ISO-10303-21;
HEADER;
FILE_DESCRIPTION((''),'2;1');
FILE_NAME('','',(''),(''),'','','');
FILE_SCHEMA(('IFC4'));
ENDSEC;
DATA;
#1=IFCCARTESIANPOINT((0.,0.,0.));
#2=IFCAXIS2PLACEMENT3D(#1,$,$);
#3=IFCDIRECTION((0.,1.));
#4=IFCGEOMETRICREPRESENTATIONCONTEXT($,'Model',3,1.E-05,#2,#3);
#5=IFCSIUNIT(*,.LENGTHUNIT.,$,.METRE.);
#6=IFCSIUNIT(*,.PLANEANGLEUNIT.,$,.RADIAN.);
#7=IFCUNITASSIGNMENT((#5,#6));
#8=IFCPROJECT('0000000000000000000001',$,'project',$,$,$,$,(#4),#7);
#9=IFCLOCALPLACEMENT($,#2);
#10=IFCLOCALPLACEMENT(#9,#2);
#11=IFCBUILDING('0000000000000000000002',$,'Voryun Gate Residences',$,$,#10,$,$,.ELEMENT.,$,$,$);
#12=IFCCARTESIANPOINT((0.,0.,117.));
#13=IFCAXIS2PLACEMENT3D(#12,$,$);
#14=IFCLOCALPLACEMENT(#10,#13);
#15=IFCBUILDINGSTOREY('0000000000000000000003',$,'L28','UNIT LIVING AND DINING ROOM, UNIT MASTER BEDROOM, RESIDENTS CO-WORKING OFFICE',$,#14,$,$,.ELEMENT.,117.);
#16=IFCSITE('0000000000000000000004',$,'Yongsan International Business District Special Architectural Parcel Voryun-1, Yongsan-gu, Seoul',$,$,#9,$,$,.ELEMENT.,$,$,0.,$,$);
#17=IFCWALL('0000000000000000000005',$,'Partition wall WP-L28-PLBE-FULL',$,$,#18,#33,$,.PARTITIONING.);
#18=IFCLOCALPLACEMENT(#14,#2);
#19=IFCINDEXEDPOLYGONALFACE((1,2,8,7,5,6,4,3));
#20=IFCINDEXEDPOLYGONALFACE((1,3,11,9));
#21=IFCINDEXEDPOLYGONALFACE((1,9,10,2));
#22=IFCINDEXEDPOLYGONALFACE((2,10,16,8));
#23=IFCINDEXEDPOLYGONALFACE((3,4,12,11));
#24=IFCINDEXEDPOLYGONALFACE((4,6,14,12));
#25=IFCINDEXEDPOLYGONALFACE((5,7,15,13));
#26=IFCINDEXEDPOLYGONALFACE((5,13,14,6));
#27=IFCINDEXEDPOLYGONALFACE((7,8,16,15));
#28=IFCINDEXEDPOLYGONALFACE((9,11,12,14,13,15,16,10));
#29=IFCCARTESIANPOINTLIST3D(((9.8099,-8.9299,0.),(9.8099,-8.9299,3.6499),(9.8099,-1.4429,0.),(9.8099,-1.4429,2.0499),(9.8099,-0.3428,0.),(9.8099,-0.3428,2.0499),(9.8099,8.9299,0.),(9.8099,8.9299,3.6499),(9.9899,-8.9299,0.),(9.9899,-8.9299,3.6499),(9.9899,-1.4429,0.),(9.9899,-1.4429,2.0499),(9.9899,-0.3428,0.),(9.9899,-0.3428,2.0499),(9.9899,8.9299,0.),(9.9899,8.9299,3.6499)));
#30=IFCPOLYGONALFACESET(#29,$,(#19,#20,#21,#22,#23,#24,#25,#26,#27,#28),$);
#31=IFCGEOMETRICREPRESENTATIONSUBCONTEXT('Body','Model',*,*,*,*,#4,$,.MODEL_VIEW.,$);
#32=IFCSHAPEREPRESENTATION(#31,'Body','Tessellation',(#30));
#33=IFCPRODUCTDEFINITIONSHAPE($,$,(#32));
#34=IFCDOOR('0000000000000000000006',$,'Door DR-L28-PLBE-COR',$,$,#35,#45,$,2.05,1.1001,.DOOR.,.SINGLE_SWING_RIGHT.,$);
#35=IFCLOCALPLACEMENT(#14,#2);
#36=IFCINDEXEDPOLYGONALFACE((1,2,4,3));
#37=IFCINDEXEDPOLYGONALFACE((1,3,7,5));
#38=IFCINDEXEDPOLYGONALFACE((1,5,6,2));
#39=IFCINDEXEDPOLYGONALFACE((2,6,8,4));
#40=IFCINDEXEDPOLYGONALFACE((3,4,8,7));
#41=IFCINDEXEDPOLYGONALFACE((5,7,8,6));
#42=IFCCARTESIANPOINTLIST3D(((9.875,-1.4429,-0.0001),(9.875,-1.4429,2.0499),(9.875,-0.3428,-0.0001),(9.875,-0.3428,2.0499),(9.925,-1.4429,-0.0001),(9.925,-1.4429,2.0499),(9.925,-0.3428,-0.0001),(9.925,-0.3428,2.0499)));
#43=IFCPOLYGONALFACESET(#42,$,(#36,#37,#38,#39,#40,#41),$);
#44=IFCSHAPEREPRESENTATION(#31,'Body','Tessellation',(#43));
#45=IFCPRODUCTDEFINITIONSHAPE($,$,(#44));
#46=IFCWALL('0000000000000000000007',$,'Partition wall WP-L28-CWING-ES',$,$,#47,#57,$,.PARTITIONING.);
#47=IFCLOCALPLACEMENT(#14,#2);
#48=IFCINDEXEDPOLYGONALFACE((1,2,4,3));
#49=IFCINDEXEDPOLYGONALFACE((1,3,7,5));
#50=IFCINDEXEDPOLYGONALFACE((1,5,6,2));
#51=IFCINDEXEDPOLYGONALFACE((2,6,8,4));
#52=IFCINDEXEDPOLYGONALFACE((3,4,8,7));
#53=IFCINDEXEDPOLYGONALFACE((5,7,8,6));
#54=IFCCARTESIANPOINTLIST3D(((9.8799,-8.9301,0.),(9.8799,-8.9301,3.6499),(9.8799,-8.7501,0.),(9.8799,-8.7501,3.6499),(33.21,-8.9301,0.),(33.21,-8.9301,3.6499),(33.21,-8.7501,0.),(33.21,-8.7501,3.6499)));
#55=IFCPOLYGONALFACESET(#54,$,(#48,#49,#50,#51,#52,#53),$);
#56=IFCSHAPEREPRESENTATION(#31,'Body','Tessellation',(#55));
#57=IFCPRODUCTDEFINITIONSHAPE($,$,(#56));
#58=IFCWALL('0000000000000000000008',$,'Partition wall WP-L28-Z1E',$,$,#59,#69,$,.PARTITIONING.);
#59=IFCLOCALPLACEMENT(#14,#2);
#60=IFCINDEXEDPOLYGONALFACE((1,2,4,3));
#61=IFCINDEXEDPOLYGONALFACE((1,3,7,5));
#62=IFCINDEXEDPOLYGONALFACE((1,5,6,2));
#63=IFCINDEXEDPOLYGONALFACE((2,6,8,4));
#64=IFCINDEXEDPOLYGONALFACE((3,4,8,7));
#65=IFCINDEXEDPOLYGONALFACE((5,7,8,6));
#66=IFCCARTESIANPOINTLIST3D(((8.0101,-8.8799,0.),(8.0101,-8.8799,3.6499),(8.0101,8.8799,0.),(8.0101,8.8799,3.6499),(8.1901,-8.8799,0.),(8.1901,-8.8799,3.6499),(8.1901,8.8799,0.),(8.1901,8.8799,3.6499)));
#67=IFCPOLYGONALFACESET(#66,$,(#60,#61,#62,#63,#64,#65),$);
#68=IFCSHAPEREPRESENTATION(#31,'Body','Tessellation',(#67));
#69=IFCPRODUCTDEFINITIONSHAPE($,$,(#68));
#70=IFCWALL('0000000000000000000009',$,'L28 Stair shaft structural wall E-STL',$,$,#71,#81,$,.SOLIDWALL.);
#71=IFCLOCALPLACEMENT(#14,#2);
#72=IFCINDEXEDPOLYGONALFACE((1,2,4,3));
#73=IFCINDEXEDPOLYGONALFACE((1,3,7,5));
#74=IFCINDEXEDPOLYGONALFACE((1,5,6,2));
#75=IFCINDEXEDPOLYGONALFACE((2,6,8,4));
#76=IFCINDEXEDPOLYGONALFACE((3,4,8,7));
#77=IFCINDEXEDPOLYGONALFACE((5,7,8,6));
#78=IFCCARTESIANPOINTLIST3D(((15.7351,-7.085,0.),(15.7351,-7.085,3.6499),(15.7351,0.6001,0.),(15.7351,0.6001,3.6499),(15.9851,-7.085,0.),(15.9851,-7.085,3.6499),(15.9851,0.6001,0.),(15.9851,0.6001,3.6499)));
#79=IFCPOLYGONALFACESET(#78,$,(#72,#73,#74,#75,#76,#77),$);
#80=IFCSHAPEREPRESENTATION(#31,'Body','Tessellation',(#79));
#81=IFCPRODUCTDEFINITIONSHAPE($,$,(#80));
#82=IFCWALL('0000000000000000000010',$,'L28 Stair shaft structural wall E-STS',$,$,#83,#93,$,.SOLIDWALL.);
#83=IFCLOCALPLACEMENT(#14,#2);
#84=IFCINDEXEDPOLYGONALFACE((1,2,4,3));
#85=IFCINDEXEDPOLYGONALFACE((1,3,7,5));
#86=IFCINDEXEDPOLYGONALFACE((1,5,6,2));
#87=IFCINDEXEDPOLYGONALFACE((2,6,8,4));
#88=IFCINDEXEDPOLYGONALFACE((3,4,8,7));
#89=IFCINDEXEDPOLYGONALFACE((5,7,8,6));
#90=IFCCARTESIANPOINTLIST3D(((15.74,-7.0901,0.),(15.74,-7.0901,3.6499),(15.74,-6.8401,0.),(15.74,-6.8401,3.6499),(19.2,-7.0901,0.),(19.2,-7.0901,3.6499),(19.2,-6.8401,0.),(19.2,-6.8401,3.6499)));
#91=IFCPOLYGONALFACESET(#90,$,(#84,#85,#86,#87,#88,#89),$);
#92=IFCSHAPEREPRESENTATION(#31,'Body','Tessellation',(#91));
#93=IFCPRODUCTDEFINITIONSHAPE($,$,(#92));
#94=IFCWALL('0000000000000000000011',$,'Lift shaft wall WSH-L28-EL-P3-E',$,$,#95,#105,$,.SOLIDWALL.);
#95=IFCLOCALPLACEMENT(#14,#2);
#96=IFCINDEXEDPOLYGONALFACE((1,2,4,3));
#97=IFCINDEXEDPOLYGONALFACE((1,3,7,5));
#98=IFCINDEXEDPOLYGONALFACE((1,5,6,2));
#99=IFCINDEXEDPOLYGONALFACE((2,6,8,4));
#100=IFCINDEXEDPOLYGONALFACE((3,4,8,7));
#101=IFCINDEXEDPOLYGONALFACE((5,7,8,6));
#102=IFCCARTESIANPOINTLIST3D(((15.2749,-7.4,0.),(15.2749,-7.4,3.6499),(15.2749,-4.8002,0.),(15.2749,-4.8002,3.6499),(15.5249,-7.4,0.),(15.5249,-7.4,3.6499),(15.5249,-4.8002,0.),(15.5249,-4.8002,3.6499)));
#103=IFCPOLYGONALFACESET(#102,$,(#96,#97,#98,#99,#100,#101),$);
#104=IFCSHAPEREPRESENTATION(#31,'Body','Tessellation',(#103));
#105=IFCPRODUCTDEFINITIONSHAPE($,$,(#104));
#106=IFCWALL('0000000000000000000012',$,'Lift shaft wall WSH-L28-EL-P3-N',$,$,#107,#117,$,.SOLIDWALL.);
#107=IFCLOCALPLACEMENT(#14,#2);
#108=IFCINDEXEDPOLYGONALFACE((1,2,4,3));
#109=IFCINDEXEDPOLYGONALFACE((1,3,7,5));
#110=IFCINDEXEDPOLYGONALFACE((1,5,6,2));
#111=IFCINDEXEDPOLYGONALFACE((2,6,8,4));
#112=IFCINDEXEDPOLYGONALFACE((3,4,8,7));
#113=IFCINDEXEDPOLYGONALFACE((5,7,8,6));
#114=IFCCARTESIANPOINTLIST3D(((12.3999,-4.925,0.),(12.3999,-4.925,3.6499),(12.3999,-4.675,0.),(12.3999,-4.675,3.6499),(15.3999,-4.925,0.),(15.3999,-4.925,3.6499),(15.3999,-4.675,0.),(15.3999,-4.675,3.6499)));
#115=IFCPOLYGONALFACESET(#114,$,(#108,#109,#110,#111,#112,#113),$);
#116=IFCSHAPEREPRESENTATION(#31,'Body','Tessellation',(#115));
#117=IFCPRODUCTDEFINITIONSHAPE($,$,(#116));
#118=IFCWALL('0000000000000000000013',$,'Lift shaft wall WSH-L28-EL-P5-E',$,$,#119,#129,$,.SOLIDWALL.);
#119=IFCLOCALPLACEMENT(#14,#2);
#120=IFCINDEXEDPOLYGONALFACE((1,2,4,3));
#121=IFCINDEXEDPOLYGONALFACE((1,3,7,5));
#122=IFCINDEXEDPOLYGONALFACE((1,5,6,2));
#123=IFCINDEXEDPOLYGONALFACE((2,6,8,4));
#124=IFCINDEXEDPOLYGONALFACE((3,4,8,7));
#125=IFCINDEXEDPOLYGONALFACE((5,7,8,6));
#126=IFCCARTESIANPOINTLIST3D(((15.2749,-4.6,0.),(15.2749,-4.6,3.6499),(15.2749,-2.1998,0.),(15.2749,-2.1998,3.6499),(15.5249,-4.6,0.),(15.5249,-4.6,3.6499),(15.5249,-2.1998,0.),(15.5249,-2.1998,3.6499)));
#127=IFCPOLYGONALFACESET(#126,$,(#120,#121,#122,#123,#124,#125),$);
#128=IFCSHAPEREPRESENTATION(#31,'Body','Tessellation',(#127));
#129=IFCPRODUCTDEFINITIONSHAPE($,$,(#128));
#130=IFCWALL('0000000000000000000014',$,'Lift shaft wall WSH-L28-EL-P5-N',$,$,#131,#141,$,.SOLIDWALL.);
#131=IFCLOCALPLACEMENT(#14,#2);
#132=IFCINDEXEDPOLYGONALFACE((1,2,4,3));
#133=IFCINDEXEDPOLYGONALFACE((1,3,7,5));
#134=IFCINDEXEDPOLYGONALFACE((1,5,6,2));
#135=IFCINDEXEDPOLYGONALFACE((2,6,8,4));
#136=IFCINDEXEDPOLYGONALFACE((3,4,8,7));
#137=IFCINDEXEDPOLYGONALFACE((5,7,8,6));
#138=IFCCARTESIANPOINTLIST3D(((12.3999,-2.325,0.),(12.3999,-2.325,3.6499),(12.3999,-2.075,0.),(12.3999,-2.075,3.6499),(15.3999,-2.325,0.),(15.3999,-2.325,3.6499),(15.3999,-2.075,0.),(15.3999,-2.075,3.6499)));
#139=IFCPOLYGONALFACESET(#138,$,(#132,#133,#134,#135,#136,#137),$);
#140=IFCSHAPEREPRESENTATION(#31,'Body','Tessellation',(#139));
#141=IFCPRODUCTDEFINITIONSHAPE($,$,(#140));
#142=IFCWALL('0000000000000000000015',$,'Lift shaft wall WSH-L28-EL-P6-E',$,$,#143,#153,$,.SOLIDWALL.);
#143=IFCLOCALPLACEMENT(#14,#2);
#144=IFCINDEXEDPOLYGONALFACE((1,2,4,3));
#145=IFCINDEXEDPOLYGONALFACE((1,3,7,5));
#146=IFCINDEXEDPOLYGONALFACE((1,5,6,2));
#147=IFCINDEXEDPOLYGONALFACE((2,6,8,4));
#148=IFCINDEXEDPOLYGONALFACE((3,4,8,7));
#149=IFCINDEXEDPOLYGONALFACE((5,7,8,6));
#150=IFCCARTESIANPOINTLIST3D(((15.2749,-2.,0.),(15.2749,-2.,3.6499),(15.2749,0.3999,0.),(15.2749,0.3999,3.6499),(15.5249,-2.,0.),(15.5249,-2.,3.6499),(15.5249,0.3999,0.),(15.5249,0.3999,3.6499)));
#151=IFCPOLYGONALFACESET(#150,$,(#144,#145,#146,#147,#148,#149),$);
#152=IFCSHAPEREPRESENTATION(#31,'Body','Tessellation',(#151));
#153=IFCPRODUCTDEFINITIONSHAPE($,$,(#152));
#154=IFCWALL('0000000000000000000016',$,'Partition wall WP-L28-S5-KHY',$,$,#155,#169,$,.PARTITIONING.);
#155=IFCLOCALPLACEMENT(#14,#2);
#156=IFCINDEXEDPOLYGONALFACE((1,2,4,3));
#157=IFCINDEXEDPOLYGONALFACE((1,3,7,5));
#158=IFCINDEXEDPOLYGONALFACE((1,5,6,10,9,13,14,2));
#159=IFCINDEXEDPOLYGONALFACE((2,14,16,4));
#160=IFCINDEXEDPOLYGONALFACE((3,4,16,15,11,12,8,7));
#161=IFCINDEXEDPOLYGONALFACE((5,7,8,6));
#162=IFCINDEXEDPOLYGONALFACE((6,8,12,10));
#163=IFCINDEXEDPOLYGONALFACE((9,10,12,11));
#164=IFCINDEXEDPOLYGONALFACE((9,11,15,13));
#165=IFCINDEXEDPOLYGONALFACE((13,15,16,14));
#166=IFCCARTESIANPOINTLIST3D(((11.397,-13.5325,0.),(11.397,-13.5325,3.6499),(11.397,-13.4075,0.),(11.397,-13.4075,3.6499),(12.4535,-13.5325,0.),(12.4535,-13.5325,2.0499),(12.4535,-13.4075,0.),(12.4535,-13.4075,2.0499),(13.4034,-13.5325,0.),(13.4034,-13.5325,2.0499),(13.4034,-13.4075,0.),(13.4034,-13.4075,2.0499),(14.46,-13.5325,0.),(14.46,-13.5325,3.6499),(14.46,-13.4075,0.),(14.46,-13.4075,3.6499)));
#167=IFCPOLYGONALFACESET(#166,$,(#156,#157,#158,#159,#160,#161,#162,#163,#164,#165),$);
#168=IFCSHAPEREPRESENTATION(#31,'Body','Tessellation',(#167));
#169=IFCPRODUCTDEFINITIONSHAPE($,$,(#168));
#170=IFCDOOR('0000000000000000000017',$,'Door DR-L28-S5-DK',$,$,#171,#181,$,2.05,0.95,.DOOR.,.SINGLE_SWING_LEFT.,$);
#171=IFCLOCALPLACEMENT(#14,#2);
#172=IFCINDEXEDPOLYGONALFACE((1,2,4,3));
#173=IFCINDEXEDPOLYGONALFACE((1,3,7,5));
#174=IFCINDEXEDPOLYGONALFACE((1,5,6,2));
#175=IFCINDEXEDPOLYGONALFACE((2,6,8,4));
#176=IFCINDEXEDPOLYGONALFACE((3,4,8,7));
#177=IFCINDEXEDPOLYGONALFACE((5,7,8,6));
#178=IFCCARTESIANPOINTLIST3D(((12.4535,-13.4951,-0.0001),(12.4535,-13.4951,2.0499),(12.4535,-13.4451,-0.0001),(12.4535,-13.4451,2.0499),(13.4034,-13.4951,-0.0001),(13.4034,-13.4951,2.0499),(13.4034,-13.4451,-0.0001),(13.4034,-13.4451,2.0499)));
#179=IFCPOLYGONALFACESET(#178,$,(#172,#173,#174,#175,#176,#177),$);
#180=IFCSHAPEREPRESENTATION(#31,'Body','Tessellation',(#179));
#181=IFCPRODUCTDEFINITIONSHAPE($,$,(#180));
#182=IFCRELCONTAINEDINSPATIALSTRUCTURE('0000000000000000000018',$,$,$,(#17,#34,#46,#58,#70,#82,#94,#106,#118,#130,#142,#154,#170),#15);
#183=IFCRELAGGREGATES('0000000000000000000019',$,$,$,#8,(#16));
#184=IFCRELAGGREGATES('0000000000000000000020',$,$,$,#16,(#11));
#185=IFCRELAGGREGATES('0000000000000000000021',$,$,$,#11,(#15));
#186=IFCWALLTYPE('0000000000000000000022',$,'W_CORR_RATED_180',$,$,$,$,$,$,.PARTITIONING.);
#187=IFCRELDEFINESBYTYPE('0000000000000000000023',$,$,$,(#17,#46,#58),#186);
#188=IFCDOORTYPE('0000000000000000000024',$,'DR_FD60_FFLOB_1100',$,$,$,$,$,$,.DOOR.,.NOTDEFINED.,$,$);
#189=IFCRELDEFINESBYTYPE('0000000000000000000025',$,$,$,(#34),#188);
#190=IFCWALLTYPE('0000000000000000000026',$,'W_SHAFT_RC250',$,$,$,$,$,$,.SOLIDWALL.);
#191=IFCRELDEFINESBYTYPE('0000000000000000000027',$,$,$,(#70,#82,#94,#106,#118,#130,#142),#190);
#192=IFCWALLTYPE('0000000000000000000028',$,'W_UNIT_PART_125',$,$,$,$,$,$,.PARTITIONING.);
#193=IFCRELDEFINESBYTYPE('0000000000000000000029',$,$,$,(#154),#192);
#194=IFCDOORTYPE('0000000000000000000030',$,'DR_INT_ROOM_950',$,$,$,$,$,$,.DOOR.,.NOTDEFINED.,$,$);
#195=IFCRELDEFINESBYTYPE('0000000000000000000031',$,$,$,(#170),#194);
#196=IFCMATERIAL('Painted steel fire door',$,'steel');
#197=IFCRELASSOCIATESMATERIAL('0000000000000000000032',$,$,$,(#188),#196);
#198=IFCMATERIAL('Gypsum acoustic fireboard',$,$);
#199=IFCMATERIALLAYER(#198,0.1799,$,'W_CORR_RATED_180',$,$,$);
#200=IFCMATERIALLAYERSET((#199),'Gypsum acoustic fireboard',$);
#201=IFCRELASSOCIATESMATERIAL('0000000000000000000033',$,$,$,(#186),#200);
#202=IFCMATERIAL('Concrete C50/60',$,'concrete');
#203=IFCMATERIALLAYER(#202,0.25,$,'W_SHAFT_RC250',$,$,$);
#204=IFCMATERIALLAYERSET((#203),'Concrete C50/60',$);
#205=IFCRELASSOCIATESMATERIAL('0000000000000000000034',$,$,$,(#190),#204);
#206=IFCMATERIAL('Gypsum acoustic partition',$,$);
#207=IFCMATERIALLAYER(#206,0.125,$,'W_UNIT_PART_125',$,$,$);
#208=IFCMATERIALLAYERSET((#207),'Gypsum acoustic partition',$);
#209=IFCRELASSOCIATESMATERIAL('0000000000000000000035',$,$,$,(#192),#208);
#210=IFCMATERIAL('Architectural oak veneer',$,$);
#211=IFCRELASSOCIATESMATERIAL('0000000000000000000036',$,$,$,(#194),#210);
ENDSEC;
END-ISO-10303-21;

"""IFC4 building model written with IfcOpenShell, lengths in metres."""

from ifc_helpers import new_model, si_unit, direction, frame, frame_2d, origin, place, context, subcontext, project, spatial, rectangle, extrude, material, layer, layer_set, type_object, element, fill, save


model = new_model("IFC4")

# Units and contexts
model_context = context("Model", 3, precision=1e-05, world=origin(), true_north=direction((0.0, 1.0)))
body_context = subcontext(model_context, "Body", "Model", "MODEL_VIEW")
ifc_project = project(units=[si_unit("LENGTHUNIT", "METRE"), si_unit("PLANEANGLEUNIT", "RADIAN")], contexts=[model_context])

# Site, building, storey
site_placement = place(None, origin())
site = spatial("IfcSite", under=ifc_project, at=site_placement, Name="Yongsan International Business District Special Architectural Parcel Voryun-1, Yongsan-gu, Seoul", CompositionType="ELEMENT", RefElevation=0.0)
building_placement = place(site_placement, origin())
building = spatial("IfcBuilding", under=site, at=building_placement, Name="Voryun Gate Residences", CompositionType="ELEMENT")
storey_placement = place(building_placement, frame((0.0, 0.0, 117.0)))
storey = spatial("IfcBuildingStorey", under=building, at=storey_placement, Name="L28", Description="UNIT LIVING AND DINING ROOM, UNIT MASTER BEDROOM, RESIDENTS CO-WORKING OFFICE", CompositionType="ELEMENT", Elevation=117.0)

# Shared definitions
ifc_material_1 = material(Name="Painted steel fire door", Category="steel")
door_type_1 = type_object("IfcDoorType", Name="DR_FD60_FFLOB_1100", OperationType="NOTDEFINED", PredefinedType="DOOR", material=ifc_material_1)

# Shared definitions
ifc_material_2 = material(Name="Gypsum acoustic fireboard")
ifc_layer_1 = layer(ifc_material_2, 0.1799, Name="W_CORR_RATED_180")
ifc_layer_set_1 = layer_set([ifc_layer_1], Name="Gypsum acoustic fireboard")
wall_type_1 = type_object("IfcWallType", Name="W_CORR_RATED_180", PredefinedType="PARTITIONING", material=ifc_layer_set_1)

# Wall, opening, door
wall_1_placement = place(storey_placement, frame((9.8999, -8.9299, 0.0), z_axis=(0.0, 0.0, 1.0), x_axis=(0.0, 1.0, 0.0)))
wall_1 = element("IfcWall", 1, at=wall_1_placement, inside=storey, type_object=wall_type_1, Name="Partition wall WP-L28-PLBE-FULL", PredefinedType="PARTITIONING", context=body_context, shape_type="SweptSolid", body=[
    extrude(rectangle(XDim=17.8599, YDim=0.1799, at=frame_2d((8.9299, 0.0))), origin(), (0.0, 0.0, 1.0), 3.6499),
])
opening_1_placement = place(wall_1_placement, frame((7.4871, 0.0, 0.0)))
opening_1 = element("IfcOpeningElement", 2, at=opening_1_placement, cuts=wall_1, PredefinedType="OPENING", context=body_context, shape_type="SweptSolid", body=[
    extrude(rectangle(XDim=1.1001, YDim=2.05, at=frame_2d((0.55, 1.0249))), frame((0.0, 0.0999, 0.0), z_axis=(0.0, -1.0, 0.0), x_axis=(1.0, 0.0, 0.0)), (0.0, 0.0, 1.0), 0.2),
])
door_1_placement = place(opening_1_placement, origin())
door_1 = element("IfcDoor", 3, at=door_1_placement, inside=storey, type_object=door_type_1, Name="Door DR-L28-PLBE-COR", OperationType="SINGLE_SWING_RIGHT", OverallHeight=2.05, OverallWidth=1.1001, PredefinedType="DOOR", context=body_context, shape_type="SweptSolid", body=[
    extrude(rectangle(XDim=1.1001, YDim=2.05, at=frame_2d((0.55, 1.0249))), frame((0.0, 0.0249, 0.0), z_axis=(0.0, -1.0, 0.0), x_axis=(1.0, 0.0, 0.0)), (0.0, 0.0, 1.0), 0.05),
])
fill(opening_1, door_1)

# Walls
wall_2_placement = place(storey_placement, frame((9.8799, -8.8401, 0.0), z_axis=(0.0, 0.0, 1.0), x_axis=(1.0, 0.0, 0.0)))
element("IfcWall", 4, at=wall_2_placement, inside=storey, type_object=wall_type_1, Name="Partition wall WP-L28-CWING-ES", PredefinedType="PARTITIONING", context=body_context, shape_type="SweptSolid", body=[
    extrude(rectangle(XDim=23.3301, YDim=0.1799, at=frame_2d((11.665, 0.0))), origin(), (0.0, 0.0, 1.0), 3.6499),
])
wall_3_placement = place(storey_placement, frame((8.1001, -8.8799, 0.0), z_axis=(0.0, 0.0, 1.0), x_axis=(0.0, 1.0, 0.0)))
element("IfcWall", 5, at=wall_3_placement, inside=storey, type_object=wall_type_1, Name="Partition wall WP-L28-Z1E", PredefinedType="PARTITIONING", context=body_context, shape_type="SweptSolid", body=[
    extrude(rectangle(XDim=17.7598, YDim=0.1799, at=frame_2d((8.8799, 0.0))), origin(), (0.0, 0.0, 1.0), 3.6499),
])
ifc_material_3 = material(Name="Concrete C50/60", Category="concrete")
ifc_layer_2 = layer(ifc_material_3, 0.25, Name="W_SHAFT_RC250")
ifc_layer_set_2 = layer_set([ifc_layer_2], Name="Concrete C50/60")
wall_type_2 = type_object("IfcWallType", Name="W_SHAFT_RC250", PredefinedType="SOLIDWALL", material=ifc_layer_set_2)
wall_4_placement = place(storey_placement, frame((15.8601, -7.085, 0.0), z_axis=(0.0, 0.0, 1.0), x_axis=(0.0, 1.0, 0.0)))
element("IfcWall", 6, at=wall_4_placement, inside=storey, type_object=wall_type_2, Name="L28 Stair shaft structural wall E-STL", PredefinedType="SOLIDWALL", context=body_context, shape_type="SweptSolid", body=[
    extrude(rectangle(XDim=7.6851, YDim=0.25, at=frame_2d((3.8425, 0.0))), origin(), (0.0, 0.0, 1.0), 3.6499),
])
wall_5_placement = place(storey_placement, frame((15.74, -6.9651, 0.0), z_axis=(0.0, 0.0, 1.0), x_axis=(1.0, 0.0, 0.0)))
element("IfcWall", 7, at=wall_5_placement, inside=storey, type_object=wall_type_2, Name="L28 Stair shaft structural wall E-STS", PredefinedType="SOLIDWALL", context=body_context, shape_type="SweptSolid", body=[
    extrude(rectangle(XDim=3.46, YDim=0.25, at=frame_2d((1.73, 0.0))), origin(), (0.0, 0.0, 1.0), 3.6499),
])
wall_6_placement = place(storey_placement, frame((15.3999, -7.3999, 0.0), z_axis=(0.0, 0.0, 1.0), x_axis=(0.0, 1.0, 0.0)))
element("IfcWall", 8, at=wall_6_placement, inside=storey, type_object=wall_type_2, Name="Lift shaft wall WSH-L28-EL-P3-E", PredefinedType="SOLIDWALL", context=body_context, shape_type="SweptSolid", body=[
    extrude(rectangle(XDim=2.5999, YDim=0.25, at=frame_2d((1.2998, 0.0))), origin(), (0.0, 0.0, 1.0), 3.6499),
])
wall_7_placement = place(storey_placement, frame((15.3999, -4.8, 0.0), z_axis=(0.0, 0.0, 1.0), x_axis=(-1.0, 0.0, 0.0)))
element("IfcWall", 9, at=wall_7_placement, inside=storey, type_object=wall_type_2, Name="Lift shaft wall WSH-L28-EL-P3-N", PredefinedType="SOLIDWALL", context=body_context, shape_type="SweptSolid", body=[
    extrude(rectangle(XDim=3.0, YDim=0.25, at=frame_2d((1.5, 0.0))), origin(), (0.0, 0.0, 1.0), 3.6499),
])
wall_8_placement = place(storey_placement, frame((15.3999, -4.6001, 0.0), z_axis=(0.0, 0.0, 1.0), x_axis=(0.0, 1.0, 0.0)))
element("IfcWall", 10, at=wall_8_placement, inside=storey, type_object=wall_type_2, Name="Lift shaft wall WSH-L28-EL-P5-E", PredefinedType="SOLIDWALL", context=body_context, shape_type="SweptSolid", body=[
    extrude(rectangle(XDim=2.4001, YDim=0.25, at=frame_2d((1.2002, 0.0))), origin(), (0.0, 0.0, 1.0), 3.6499),
])
wall_9_placement = place(storey_placement, frame((15.3999, -2.2, 0.0), z_axis=(0.0, 0.0, 1.0), x_axis=(-1.0, 0.0, 0.0)))
element("IfcWall", 11, at=wall_9_placement, inside=storey, type_object=wall_type_2, Name="Lift shaft wall WSH-L28-EL-P5-N", PredefinedType="SOLIDWALL", context=body_context, shape_type="SweptSolid", body=[
    extrude(rectangle(XDim=3.0, YDim=0.25, at=frame_2d((1.5, 0.0))), origin(), (0.0, 0.0, 1.0), 3.6499),
])
wall_10_placement = place(storey_placement, frame((15.3999, -2.0, 0.0), z_axis=(0.0, 0.0, 1.0), x_axis=(0.0, 1.0, 0.0)))
element("IfcWall", 12, at=wall_10_placement, inside=storey, type_object=wall_type_2, Name="Lift shaft wall WSH-L28-EL-P6-E", PredefinedType="SOLIDWALL", context=body_context, shape_type="SweptSolid", body=[
    extrude(rectangle(XDim=2.3999, YDim=0.25, at=frame_2d((1.2, 0.0))), origin(), (0.0, 0.0, 1.0), 3.6499),
])

# Wall, opening, door
ifc_material_4 = material(Name="Gypsum acoustic partition")
ifc_layer_3 = layer(ifc_material_4, 0.125, Name="W_UNIT_PART_125")
ifc_layer_set_3 = layer_set([ifc_layer_3], Name="Gypsum acoustic partition")
wall_type_3 = type_object("IfcWallType", Name="W_UNIT_PART_125", PredefinedType="PARTITIONING", material=ifc_layer_set_3)
wall_11_placement = place(storey_placement, frame((11.397, -13.47, 0.0), z_axis=(0.0, 0.0, 1.0), x_axis=(1.0, 0.0, 0.0)))
wall_11 = element("IfcWall", 13, at=wall_11_placement, inside=storey, type_object=wall_type_3, Name="Partition wall WP-L28-S5-KHY", PredefinedType="PARTITIONING", context=body_context, shape_type="SweptSolid", body=[
    extrude(rectangle(XDim=3.063, YDim=0.125, at=frame_2d((1.5315, 0.0))), origin(), (0.0, 0.0, 1.0), 3.6499),
])
opening_2_placement = place(wall_11_placement, frame((1.0564, 0.0, 0.0)))
opening_2 = element("IfcOpeningElement", 14, at=opening_2_placement, cuts=wall_11, PredefinedType="OPENING", context=body_context, shape_type="SweptSolid", body=[
    extrude(rectangle(XDim=0.95, YDim=2.05, at=frame_2d((0.4751, 1.0249))), frame((0.0, 0.0725, 0.0), z_axis=(0.0, -1.0, 0.0), x_axis=(1.0, 0.0, 0.0)), (0.0, 0.0, 1.0), 0.145),
])
ifc_material_5 = material(Name="Architectural oak veneer")
door_type_2 = type_object("IfcDoorType", Name="DR_INT_ROOM_950", OperationType="NOTDEFINED", PredefinedType="DOOR", material=ifc_material_5)
door_2_placement = place(opening_2_placement, origin())
door_2 = element("IfcDoor", 15, at=door_2_placement, inside=storey, type_object=door_type_2, Name="Door DR-L28-S5-DK", OperationType="SINGLE_SWING_LEFT", OverallHeight=2.05, OverallWidth=0.95, PredefinedType="DOOR", context=body_context, shape_type="SweptSolid", body=[
    extrude(rectangle(XDim=0.95, YDim=2.05, at=frame_2d((0.4751, 1.0249))), frame((0.0, 0.0249, 0.0), z_axis=(0.0, -1.0, 0.0), x_axis=(1.0, 0.0, 0.0)), (0.0, 0.0, 1.0), 0.05),
])
fill(opening_2, door_2)

save(model, "model.ifc")
